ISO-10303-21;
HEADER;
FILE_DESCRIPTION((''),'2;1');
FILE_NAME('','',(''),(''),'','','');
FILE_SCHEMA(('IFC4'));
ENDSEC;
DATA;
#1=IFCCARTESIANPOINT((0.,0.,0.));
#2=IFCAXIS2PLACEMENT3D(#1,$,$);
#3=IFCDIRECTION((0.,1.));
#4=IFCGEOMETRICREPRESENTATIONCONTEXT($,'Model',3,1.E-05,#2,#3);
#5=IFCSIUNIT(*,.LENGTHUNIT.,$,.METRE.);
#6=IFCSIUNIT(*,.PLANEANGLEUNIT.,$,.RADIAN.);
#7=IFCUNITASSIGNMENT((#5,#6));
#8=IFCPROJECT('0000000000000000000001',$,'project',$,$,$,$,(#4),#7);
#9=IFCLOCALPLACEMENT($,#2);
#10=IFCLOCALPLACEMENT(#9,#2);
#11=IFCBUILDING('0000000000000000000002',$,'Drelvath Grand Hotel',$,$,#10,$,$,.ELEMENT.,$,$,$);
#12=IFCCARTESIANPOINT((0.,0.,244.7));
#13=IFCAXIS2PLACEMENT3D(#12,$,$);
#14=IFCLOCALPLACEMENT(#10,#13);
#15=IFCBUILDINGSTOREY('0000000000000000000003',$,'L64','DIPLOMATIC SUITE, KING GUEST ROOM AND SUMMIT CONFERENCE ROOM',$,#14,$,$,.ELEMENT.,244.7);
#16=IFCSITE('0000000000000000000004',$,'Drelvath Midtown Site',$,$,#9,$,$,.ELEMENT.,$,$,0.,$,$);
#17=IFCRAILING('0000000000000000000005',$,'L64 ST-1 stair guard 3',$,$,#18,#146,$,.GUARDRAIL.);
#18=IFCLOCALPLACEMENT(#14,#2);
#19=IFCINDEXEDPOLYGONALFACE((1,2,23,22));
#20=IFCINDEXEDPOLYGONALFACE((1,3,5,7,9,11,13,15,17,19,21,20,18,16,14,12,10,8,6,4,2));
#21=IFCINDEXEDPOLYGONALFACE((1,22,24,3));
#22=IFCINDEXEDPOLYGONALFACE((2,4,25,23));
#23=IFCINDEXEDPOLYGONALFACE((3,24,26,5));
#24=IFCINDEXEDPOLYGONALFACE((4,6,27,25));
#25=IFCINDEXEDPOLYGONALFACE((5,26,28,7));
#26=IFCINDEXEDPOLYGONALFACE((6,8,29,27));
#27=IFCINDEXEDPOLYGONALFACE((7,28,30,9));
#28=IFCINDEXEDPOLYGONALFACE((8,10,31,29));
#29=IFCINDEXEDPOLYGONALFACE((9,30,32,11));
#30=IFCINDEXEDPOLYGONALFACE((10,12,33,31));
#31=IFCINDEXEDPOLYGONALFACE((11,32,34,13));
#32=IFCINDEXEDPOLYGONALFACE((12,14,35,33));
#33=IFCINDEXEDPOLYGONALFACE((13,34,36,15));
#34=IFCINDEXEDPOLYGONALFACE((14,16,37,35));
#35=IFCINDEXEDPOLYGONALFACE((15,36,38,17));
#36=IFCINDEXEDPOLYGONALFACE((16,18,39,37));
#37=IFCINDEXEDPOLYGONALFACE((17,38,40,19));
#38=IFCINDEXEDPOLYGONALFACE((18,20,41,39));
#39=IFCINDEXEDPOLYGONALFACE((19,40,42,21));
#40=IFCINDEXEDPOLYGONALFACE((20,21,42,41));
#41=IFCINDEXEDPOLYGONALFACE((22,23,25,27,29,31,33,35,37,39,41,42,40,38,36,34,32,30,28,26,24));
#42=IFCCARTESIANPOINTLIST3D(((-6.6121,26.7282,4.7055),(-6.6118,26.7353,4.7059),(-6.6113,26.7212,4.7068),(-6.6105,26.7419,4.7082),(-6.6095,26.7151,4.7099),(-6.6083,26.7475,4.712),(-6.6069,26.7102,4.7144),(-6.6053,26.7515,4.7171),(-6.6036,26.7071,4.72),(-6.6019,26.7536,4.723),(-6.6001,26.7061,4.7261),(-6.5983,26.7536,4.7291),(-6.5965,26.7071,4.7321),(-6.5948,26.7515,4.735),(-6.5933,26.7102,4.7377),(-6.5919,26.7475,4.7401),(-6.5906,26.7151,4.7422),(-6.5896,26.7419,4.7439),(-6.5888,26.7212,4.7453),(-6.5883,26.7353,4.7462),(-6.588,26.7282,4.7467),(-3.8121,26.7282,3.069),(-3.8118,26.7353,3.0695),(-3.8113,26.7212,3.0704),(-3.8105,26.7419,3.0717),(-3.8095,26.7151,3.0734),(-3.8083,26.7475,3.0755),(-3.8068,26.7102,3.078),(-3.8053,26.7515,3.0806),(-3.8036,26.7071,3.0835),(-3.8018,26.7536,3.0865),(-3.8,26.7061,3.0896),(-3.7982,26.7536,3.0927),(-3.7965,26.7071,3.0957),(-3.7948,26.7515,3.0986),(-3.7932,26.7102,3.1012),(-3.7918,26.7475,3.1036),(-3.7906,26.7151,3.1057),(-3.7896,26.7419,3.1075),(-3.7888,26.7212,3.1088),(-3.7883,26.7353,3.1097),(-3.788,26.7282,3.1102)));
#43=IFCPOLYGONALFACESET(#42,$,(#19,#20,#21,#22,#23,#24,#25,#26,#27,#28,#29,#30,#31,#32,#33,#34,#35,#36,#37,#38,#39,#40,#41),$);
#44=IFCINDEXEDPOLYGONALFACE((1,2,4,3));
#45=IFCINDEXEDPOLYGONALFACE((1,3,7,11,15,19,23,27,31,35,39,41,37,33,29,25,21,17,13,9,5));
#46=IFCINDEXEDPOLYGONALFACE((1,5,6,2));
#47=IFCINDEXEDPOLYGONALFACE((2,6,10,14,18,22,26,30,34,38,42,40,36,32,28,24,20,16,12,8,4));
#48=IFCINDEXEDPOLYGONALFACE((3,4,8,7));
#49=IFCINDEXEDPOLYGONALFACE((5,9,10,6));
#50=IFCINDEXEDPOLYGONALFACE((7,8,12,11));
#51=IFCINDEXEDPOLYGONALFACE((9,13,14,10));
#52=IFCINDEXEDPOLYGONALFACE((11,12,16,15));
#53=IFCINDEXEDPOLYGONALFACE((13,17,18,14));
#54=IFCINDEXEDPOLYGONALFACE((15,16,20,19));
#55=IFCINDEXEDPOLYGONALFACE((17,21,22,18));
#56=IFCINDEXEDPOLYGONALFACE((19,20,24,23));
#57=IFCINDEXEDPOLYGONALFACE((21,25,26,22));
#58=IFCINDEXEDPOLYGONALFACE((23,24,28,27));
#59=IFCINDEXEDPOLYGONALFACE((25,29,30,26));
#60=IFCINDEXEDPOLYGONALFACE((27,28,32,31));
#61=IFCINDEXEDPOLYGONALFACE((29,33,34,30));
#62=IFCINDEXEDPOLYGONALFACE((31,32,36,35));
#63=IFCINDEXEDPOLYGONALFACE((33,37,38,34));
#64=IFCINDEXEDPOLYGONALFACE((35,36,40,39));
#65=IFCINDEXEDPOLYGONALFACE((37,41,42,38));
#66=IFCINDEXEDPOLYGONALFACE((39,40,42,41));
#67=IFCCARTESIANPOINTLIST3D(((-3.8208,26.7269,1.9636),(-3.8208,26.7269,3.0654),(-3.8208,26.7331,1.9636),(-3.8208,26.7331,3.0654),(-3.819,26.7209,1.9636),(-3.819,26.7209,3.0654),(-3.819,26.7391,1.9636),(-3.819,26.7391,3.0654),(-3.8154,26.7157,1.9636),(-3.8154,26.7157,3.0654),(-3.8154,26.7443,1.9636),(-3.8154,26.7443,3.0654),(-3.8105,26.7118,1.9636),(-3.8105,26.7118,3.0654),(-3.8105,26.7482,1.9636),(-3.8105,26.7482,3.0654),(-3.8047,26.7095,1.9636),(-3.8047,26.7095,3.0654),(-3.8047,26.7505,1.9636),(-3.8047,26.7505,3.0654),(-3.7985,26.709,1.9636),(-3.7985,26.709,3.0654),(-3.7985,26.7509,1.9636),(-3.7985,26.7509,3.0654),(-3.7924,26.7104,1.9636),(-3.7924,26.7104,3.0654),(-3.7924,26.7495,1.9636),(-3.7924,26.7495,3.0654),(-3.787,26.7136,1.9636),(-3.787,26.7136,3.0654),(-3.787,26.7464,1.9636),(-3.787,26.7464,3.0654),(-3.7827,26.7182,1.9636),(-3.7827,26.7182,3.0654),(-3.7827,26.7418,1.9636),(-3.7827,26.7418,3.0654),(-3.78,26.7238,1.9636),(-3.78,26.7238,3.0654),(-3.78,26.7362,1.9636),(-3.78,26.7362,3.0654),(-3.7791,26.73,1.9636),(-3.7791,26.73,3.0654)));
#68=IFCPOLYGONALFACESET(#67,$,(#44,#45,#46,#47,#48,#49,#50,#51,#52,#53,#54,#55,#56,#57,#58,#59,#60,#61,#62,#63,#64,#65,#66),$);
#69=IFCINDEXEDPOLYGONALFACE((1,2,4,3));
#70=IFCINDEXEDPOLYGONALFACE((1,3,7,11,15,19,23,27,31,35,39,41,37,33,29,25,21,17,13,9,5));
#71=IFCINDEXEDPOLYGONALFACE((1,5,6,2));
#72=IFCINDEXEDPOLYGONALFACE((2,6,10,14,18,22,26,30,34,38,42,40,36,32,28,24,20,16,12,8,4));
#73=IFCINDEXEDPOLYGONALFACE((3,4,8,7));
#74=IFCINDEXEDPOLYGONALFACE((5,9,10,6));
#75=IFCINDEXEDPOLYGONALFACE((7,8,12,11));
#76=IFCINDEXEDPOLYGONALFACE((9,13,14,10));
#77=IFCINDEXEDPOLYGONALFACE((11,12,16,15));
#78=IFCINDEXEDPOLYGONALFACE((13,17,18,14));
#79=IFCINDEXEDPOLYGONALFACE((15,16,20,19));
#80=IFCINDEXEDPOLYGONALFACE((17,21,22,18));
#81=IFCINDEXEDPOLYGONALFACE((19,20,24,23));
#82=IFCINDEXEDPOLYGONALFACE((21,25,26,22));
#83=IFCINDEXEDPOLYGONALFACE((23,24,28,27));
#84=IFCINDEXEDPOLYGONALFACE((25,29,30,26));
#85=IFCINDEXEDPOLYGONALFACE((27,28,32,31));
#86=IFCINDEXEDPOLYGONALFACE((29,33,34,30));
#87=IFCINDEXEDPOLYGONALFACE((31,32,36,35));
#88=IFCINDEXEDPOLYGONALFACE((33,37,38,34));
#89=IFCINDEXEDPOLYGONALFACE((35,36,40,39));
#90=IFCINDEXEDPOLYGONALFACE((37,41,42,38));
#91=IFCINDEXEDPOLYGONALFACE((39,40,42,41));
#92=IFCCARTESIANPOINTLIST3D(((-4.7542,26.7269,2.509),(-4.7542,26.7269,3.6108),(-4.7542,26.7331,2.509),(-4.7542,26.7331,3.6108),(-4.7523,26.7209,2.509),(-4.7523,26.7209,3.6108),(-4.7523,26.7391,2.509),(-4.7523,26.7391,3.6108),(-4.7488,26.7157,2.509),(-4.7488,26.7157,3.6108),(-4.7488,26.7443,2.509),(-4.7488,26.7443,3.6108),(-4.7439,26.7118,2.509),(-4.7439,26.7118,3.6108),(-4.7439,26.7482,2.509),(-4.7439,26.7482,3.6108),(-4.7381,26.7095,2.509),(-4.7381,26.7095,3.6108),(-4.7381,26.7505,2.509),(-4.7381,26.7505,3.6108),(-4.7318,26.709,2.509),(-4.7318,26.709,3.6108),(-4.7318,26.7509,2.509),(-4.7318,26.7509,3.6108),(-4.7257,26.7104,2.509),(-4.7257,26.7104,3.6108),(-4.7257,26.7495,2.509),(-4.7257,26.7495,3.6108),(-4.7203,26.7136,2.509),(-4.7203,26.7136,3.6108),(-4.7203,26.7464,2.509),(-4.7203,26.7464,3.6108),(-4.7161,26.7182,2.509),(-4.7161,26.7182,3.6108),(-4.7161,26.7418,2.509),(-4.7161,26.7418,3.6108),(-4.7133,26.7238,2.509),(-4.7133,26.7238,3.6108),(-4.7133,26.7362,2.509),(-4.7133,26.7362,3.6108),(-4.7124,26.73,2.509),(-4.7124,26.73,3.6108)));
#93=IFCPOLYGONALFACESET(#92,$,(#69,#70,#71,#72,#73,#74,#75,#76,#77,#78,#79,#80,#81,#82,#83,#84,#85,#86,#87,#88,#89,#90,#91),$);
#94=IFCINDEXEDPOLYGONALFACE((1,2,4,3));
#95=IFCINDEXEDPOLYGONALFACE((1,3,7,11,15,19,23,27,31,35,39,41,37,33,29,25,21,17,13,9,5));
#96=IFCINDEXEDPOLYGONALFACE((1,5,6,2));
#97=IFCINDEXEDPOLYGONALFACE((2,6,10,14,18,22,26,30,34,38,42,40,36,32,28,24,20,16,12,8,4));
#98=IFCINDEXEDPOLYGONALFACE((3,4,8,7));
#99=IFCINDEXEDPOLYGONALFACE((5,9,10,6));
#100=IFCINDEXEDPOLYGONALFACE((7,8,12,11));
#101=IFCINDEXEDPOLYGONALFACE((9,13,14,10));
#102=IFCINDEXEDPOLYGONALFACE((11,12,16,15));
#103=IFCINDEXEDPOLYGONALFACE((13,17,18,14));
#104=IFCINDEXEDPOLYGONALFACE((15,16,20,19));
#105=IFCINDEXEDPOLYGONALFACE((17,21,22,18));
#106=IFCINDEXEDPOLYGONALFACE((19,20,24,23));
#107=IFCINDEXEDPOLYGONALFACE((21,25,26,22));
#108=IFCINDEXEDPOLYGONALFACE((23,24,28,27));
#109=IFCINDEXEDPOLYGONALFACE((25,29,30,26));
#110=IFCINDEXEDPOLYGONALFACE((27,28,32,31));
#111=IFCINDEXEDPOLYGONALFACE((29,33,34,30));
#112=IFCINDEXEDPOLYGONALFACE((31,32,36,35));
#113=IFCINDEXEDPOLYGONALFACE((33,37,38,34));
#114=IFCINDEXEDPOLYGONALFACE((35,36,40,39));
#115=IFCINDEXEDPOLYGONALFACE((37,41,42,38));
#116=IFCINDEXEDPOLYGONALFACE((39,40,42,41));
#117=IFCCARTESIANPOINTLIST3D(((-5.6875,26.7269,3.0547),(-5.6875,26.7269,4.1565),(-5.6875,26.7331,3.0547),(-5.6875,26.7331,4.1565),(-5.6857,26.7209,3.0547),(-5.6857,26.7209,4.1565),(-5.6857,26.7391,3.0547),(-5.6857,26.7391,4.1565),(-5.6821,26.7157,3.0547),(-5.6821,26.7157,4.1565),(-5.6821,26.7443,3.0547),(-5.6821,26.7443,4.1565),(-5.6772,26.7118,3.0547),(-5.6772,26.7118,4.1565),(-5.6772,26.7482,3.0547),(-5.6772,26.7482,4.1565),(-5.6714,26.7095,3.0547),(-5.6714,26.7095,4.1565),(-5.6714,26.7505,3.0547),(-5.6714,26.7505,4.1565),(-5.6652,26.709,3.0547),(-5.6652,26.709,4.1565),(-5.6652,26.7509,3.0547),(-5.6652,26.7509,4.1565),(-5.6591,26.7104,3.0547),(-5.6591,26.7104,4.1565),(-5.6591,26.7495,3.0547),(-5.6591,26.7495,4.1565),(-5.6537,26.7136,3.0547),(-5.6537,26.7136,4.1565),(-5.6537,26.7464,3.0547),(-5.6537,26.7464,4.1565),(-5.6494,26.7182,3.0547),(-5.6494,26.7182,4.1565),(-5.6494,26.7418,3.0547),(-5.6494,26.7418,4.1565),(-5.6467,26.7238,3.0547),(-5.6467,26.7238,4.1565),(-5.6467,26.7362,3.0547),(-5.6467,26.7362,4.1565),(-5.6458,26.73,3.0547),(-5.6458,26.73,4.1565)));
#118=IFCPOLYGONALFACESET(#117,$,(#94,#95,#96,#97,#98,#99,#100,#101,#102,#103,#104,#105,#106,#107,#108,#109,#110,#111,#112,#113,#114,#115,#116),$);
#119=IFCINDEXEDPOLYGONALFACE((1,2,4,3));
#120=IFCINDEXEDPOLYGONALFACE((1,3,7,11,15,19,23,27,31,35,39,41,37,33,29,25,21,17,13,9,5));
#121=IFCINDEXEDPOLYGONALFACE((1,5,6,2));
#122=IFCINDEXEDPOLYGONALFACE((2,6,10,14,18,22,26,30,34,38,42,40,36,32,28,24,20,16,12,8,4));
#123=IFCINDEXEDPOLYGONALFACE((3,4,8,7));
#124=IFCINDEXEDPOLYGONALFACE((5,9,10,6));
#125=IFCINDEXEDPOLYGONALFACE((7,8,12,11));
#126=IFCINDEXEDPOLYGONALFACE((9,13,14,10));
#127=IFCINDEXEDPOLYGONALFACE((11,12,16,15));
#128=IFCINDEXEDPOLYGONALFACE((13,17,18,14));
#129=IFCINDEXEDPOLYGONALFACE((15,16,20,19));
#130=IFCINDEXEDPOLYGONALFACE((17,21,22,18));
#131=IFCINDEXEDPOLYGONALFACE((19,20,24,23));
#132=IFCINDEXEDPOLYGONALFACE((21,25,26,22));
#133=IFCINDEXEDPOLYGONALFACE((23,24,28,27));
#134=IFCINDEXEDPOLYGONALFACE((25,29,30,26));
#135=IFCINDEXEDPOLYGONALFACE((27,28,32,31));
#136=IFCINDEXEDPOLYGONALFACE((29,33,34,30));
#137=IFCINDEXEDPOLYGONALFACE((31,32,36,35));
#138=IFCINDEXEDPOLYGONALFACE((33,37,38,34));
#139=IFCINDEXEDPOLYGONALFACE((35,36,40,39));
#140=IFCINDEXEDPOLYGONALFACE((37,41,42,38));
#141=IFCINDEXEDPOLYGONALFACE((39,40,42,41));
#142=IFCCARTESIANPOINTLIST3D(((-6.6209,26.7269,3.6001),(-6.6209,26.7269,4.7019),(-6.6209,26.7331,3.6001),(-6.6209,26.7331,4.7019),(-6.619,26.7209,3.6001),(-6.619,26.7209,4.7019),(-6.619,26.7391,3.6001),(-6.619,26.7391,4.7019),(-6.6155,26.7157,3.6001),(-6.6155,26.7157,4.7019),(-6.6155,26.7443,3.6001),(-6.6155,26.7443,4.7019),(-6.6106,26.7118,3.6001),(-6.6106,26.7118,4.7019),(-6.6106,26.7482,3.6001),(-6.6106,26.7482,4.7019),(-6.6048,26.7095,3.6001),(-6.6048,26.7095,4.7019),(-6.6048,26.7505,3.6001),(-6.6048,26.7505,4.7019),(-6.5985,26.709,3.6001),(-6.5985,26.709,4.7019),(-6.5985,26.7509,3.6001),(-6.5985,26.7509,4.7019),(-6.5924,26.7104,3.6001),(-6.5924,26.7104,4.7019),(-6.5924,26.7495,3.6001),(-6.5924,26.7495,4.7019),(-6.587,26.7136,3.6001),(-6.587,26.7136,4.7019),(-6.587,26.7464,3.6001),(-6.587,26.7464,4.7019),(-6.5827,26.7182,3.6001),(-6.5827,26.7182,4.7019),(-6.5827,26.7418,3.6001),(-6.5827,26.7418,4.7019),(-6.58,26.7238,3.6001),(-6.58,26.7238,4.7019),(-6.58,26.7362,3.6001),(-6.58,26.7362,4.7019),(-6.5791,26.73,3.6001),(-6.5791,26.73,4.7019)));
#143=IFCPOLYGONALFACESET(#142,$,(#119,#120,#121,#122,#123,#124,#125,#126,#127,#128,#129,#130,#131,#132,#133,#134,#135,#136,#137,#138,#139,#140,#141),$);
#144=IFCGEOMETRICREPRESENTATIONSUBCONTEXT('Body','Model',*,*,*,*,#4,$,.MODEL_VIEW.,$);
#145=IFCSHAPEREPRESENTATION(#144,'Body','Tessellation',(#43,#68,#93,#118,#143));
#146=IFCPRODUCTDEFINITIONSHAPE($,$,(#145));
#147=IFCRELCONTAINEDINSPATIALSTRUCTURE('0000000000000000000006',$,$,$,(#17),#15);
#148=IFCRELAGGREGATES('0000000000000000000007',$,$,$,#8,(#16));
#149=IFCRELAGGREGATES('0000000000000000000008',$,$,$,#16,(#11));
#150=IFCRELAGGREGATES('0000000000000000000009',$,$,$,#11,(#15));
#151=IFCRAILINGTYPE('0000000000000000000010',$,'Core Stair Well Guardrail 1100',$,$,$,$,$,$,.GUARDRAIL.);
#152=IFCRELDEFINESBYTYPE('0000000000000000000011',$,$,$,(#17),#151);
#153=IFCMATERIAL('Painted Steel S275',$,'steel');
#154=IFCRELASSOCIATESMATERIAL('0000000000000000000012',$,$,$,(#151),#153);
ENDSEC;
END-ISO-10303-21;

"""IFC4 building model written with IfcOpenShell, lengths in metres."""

from ifc_helpers import new_model, si_unit, direction, frame, origin, origin_2d, place, context, subcontext, project, spatial, circle, extrude, material, type_object, element, save


model = new_model("IFC4")

# Units and contexts
model_context = context("Model", 3, precision=1e-05, world=origin(), true_north=direction((0.0, 1.0)))
body_context = subcontext(model_context, "Body", "Model", "MODEL_VIEW")
ifc_project = project(units=[si_unit("LENGTHUNIT", "METRE"), si_unit("PLANEANGLEUNIT", "RADIAN")], contexts=[model_context])

# Site, building, storey
site_placement = place(None, origin())
site = spatial("IfcSite", under=ifc_project, at=site_placement, Name="Drelvath Midtown Site", CompositionType="ELEMENT", RefElevation=0.0)
building_placement = place(site_placement, origin())
building = spatial("IfcBuilding", under=site, at=building_placement, Name="Drelvath Grand Hotel", CompositionType="ELEMENT")
storey_placement = place(building_placement, frame((0.0, 0.0, 244.7)))
storey = spatial("IfcBuildingStorey", under=building, at=storey_placement, Name="L64", Description="DIPLOMATIC SUITE, KING GUEST ROOM AND SUMMIT CONFERENCE ROOM", CompositionType="ELEMENT", Elevation=244.7)

# Shared definitions
ifc_material_1 = material(Name="Painted Steel S275", Category="steel")

# Railing
railing_type_1 = type_object("IfcRailingType", Name="Core Stair Well Guardrail 1100", PredefinedType="GUARDRAIL", material=ifc_material_1)
railing_1_placement = place(storey_placement, frame((-3.8, 26.73, 1.9636)))
element("IfcRailing", 1, at=railing_1_placement, inside=storey, type_object=railing_type_1, Name="L64 ST-1 stair guard 3", PredefinedType="GUARDRAIL", context=body_context, shape_type="SweptSolid", body=[
    extrude(circle(Radius=0.0239, at=origin_2d()), frame((0.0, 0.0, 1.126), z_axis=(-0.863361, 0.0, 0.504587), x_axis=(0.0, -1.0, 0.0)), (0.0, 0.0, 1.0), 3.2432),
    extrude(circle(Radius=0.021, at=origin_2d()), origin(), (0.0, 0.0, 1.0), 1.1018),
    extrude(circle(Radius=0.021, at=origin_2d()), frame((-0.9333, 0.0, 0.5454)), (0.0, 0.0, 1.0), 1.1018),
    extrude(circle(Radius=0.021, at=origin_2d()), frame((-1.8667, 0.0, 1.0911)), (0.0, 0.0, 1.0), 1.1018),
    extrude(circle(Radius=0.021, at=origin_2d()), frame((-2.8, 0.0, 1.6365)), (0.0, 0.0, 1.0), 1.1018),
])

save(model, "model.ifc")
